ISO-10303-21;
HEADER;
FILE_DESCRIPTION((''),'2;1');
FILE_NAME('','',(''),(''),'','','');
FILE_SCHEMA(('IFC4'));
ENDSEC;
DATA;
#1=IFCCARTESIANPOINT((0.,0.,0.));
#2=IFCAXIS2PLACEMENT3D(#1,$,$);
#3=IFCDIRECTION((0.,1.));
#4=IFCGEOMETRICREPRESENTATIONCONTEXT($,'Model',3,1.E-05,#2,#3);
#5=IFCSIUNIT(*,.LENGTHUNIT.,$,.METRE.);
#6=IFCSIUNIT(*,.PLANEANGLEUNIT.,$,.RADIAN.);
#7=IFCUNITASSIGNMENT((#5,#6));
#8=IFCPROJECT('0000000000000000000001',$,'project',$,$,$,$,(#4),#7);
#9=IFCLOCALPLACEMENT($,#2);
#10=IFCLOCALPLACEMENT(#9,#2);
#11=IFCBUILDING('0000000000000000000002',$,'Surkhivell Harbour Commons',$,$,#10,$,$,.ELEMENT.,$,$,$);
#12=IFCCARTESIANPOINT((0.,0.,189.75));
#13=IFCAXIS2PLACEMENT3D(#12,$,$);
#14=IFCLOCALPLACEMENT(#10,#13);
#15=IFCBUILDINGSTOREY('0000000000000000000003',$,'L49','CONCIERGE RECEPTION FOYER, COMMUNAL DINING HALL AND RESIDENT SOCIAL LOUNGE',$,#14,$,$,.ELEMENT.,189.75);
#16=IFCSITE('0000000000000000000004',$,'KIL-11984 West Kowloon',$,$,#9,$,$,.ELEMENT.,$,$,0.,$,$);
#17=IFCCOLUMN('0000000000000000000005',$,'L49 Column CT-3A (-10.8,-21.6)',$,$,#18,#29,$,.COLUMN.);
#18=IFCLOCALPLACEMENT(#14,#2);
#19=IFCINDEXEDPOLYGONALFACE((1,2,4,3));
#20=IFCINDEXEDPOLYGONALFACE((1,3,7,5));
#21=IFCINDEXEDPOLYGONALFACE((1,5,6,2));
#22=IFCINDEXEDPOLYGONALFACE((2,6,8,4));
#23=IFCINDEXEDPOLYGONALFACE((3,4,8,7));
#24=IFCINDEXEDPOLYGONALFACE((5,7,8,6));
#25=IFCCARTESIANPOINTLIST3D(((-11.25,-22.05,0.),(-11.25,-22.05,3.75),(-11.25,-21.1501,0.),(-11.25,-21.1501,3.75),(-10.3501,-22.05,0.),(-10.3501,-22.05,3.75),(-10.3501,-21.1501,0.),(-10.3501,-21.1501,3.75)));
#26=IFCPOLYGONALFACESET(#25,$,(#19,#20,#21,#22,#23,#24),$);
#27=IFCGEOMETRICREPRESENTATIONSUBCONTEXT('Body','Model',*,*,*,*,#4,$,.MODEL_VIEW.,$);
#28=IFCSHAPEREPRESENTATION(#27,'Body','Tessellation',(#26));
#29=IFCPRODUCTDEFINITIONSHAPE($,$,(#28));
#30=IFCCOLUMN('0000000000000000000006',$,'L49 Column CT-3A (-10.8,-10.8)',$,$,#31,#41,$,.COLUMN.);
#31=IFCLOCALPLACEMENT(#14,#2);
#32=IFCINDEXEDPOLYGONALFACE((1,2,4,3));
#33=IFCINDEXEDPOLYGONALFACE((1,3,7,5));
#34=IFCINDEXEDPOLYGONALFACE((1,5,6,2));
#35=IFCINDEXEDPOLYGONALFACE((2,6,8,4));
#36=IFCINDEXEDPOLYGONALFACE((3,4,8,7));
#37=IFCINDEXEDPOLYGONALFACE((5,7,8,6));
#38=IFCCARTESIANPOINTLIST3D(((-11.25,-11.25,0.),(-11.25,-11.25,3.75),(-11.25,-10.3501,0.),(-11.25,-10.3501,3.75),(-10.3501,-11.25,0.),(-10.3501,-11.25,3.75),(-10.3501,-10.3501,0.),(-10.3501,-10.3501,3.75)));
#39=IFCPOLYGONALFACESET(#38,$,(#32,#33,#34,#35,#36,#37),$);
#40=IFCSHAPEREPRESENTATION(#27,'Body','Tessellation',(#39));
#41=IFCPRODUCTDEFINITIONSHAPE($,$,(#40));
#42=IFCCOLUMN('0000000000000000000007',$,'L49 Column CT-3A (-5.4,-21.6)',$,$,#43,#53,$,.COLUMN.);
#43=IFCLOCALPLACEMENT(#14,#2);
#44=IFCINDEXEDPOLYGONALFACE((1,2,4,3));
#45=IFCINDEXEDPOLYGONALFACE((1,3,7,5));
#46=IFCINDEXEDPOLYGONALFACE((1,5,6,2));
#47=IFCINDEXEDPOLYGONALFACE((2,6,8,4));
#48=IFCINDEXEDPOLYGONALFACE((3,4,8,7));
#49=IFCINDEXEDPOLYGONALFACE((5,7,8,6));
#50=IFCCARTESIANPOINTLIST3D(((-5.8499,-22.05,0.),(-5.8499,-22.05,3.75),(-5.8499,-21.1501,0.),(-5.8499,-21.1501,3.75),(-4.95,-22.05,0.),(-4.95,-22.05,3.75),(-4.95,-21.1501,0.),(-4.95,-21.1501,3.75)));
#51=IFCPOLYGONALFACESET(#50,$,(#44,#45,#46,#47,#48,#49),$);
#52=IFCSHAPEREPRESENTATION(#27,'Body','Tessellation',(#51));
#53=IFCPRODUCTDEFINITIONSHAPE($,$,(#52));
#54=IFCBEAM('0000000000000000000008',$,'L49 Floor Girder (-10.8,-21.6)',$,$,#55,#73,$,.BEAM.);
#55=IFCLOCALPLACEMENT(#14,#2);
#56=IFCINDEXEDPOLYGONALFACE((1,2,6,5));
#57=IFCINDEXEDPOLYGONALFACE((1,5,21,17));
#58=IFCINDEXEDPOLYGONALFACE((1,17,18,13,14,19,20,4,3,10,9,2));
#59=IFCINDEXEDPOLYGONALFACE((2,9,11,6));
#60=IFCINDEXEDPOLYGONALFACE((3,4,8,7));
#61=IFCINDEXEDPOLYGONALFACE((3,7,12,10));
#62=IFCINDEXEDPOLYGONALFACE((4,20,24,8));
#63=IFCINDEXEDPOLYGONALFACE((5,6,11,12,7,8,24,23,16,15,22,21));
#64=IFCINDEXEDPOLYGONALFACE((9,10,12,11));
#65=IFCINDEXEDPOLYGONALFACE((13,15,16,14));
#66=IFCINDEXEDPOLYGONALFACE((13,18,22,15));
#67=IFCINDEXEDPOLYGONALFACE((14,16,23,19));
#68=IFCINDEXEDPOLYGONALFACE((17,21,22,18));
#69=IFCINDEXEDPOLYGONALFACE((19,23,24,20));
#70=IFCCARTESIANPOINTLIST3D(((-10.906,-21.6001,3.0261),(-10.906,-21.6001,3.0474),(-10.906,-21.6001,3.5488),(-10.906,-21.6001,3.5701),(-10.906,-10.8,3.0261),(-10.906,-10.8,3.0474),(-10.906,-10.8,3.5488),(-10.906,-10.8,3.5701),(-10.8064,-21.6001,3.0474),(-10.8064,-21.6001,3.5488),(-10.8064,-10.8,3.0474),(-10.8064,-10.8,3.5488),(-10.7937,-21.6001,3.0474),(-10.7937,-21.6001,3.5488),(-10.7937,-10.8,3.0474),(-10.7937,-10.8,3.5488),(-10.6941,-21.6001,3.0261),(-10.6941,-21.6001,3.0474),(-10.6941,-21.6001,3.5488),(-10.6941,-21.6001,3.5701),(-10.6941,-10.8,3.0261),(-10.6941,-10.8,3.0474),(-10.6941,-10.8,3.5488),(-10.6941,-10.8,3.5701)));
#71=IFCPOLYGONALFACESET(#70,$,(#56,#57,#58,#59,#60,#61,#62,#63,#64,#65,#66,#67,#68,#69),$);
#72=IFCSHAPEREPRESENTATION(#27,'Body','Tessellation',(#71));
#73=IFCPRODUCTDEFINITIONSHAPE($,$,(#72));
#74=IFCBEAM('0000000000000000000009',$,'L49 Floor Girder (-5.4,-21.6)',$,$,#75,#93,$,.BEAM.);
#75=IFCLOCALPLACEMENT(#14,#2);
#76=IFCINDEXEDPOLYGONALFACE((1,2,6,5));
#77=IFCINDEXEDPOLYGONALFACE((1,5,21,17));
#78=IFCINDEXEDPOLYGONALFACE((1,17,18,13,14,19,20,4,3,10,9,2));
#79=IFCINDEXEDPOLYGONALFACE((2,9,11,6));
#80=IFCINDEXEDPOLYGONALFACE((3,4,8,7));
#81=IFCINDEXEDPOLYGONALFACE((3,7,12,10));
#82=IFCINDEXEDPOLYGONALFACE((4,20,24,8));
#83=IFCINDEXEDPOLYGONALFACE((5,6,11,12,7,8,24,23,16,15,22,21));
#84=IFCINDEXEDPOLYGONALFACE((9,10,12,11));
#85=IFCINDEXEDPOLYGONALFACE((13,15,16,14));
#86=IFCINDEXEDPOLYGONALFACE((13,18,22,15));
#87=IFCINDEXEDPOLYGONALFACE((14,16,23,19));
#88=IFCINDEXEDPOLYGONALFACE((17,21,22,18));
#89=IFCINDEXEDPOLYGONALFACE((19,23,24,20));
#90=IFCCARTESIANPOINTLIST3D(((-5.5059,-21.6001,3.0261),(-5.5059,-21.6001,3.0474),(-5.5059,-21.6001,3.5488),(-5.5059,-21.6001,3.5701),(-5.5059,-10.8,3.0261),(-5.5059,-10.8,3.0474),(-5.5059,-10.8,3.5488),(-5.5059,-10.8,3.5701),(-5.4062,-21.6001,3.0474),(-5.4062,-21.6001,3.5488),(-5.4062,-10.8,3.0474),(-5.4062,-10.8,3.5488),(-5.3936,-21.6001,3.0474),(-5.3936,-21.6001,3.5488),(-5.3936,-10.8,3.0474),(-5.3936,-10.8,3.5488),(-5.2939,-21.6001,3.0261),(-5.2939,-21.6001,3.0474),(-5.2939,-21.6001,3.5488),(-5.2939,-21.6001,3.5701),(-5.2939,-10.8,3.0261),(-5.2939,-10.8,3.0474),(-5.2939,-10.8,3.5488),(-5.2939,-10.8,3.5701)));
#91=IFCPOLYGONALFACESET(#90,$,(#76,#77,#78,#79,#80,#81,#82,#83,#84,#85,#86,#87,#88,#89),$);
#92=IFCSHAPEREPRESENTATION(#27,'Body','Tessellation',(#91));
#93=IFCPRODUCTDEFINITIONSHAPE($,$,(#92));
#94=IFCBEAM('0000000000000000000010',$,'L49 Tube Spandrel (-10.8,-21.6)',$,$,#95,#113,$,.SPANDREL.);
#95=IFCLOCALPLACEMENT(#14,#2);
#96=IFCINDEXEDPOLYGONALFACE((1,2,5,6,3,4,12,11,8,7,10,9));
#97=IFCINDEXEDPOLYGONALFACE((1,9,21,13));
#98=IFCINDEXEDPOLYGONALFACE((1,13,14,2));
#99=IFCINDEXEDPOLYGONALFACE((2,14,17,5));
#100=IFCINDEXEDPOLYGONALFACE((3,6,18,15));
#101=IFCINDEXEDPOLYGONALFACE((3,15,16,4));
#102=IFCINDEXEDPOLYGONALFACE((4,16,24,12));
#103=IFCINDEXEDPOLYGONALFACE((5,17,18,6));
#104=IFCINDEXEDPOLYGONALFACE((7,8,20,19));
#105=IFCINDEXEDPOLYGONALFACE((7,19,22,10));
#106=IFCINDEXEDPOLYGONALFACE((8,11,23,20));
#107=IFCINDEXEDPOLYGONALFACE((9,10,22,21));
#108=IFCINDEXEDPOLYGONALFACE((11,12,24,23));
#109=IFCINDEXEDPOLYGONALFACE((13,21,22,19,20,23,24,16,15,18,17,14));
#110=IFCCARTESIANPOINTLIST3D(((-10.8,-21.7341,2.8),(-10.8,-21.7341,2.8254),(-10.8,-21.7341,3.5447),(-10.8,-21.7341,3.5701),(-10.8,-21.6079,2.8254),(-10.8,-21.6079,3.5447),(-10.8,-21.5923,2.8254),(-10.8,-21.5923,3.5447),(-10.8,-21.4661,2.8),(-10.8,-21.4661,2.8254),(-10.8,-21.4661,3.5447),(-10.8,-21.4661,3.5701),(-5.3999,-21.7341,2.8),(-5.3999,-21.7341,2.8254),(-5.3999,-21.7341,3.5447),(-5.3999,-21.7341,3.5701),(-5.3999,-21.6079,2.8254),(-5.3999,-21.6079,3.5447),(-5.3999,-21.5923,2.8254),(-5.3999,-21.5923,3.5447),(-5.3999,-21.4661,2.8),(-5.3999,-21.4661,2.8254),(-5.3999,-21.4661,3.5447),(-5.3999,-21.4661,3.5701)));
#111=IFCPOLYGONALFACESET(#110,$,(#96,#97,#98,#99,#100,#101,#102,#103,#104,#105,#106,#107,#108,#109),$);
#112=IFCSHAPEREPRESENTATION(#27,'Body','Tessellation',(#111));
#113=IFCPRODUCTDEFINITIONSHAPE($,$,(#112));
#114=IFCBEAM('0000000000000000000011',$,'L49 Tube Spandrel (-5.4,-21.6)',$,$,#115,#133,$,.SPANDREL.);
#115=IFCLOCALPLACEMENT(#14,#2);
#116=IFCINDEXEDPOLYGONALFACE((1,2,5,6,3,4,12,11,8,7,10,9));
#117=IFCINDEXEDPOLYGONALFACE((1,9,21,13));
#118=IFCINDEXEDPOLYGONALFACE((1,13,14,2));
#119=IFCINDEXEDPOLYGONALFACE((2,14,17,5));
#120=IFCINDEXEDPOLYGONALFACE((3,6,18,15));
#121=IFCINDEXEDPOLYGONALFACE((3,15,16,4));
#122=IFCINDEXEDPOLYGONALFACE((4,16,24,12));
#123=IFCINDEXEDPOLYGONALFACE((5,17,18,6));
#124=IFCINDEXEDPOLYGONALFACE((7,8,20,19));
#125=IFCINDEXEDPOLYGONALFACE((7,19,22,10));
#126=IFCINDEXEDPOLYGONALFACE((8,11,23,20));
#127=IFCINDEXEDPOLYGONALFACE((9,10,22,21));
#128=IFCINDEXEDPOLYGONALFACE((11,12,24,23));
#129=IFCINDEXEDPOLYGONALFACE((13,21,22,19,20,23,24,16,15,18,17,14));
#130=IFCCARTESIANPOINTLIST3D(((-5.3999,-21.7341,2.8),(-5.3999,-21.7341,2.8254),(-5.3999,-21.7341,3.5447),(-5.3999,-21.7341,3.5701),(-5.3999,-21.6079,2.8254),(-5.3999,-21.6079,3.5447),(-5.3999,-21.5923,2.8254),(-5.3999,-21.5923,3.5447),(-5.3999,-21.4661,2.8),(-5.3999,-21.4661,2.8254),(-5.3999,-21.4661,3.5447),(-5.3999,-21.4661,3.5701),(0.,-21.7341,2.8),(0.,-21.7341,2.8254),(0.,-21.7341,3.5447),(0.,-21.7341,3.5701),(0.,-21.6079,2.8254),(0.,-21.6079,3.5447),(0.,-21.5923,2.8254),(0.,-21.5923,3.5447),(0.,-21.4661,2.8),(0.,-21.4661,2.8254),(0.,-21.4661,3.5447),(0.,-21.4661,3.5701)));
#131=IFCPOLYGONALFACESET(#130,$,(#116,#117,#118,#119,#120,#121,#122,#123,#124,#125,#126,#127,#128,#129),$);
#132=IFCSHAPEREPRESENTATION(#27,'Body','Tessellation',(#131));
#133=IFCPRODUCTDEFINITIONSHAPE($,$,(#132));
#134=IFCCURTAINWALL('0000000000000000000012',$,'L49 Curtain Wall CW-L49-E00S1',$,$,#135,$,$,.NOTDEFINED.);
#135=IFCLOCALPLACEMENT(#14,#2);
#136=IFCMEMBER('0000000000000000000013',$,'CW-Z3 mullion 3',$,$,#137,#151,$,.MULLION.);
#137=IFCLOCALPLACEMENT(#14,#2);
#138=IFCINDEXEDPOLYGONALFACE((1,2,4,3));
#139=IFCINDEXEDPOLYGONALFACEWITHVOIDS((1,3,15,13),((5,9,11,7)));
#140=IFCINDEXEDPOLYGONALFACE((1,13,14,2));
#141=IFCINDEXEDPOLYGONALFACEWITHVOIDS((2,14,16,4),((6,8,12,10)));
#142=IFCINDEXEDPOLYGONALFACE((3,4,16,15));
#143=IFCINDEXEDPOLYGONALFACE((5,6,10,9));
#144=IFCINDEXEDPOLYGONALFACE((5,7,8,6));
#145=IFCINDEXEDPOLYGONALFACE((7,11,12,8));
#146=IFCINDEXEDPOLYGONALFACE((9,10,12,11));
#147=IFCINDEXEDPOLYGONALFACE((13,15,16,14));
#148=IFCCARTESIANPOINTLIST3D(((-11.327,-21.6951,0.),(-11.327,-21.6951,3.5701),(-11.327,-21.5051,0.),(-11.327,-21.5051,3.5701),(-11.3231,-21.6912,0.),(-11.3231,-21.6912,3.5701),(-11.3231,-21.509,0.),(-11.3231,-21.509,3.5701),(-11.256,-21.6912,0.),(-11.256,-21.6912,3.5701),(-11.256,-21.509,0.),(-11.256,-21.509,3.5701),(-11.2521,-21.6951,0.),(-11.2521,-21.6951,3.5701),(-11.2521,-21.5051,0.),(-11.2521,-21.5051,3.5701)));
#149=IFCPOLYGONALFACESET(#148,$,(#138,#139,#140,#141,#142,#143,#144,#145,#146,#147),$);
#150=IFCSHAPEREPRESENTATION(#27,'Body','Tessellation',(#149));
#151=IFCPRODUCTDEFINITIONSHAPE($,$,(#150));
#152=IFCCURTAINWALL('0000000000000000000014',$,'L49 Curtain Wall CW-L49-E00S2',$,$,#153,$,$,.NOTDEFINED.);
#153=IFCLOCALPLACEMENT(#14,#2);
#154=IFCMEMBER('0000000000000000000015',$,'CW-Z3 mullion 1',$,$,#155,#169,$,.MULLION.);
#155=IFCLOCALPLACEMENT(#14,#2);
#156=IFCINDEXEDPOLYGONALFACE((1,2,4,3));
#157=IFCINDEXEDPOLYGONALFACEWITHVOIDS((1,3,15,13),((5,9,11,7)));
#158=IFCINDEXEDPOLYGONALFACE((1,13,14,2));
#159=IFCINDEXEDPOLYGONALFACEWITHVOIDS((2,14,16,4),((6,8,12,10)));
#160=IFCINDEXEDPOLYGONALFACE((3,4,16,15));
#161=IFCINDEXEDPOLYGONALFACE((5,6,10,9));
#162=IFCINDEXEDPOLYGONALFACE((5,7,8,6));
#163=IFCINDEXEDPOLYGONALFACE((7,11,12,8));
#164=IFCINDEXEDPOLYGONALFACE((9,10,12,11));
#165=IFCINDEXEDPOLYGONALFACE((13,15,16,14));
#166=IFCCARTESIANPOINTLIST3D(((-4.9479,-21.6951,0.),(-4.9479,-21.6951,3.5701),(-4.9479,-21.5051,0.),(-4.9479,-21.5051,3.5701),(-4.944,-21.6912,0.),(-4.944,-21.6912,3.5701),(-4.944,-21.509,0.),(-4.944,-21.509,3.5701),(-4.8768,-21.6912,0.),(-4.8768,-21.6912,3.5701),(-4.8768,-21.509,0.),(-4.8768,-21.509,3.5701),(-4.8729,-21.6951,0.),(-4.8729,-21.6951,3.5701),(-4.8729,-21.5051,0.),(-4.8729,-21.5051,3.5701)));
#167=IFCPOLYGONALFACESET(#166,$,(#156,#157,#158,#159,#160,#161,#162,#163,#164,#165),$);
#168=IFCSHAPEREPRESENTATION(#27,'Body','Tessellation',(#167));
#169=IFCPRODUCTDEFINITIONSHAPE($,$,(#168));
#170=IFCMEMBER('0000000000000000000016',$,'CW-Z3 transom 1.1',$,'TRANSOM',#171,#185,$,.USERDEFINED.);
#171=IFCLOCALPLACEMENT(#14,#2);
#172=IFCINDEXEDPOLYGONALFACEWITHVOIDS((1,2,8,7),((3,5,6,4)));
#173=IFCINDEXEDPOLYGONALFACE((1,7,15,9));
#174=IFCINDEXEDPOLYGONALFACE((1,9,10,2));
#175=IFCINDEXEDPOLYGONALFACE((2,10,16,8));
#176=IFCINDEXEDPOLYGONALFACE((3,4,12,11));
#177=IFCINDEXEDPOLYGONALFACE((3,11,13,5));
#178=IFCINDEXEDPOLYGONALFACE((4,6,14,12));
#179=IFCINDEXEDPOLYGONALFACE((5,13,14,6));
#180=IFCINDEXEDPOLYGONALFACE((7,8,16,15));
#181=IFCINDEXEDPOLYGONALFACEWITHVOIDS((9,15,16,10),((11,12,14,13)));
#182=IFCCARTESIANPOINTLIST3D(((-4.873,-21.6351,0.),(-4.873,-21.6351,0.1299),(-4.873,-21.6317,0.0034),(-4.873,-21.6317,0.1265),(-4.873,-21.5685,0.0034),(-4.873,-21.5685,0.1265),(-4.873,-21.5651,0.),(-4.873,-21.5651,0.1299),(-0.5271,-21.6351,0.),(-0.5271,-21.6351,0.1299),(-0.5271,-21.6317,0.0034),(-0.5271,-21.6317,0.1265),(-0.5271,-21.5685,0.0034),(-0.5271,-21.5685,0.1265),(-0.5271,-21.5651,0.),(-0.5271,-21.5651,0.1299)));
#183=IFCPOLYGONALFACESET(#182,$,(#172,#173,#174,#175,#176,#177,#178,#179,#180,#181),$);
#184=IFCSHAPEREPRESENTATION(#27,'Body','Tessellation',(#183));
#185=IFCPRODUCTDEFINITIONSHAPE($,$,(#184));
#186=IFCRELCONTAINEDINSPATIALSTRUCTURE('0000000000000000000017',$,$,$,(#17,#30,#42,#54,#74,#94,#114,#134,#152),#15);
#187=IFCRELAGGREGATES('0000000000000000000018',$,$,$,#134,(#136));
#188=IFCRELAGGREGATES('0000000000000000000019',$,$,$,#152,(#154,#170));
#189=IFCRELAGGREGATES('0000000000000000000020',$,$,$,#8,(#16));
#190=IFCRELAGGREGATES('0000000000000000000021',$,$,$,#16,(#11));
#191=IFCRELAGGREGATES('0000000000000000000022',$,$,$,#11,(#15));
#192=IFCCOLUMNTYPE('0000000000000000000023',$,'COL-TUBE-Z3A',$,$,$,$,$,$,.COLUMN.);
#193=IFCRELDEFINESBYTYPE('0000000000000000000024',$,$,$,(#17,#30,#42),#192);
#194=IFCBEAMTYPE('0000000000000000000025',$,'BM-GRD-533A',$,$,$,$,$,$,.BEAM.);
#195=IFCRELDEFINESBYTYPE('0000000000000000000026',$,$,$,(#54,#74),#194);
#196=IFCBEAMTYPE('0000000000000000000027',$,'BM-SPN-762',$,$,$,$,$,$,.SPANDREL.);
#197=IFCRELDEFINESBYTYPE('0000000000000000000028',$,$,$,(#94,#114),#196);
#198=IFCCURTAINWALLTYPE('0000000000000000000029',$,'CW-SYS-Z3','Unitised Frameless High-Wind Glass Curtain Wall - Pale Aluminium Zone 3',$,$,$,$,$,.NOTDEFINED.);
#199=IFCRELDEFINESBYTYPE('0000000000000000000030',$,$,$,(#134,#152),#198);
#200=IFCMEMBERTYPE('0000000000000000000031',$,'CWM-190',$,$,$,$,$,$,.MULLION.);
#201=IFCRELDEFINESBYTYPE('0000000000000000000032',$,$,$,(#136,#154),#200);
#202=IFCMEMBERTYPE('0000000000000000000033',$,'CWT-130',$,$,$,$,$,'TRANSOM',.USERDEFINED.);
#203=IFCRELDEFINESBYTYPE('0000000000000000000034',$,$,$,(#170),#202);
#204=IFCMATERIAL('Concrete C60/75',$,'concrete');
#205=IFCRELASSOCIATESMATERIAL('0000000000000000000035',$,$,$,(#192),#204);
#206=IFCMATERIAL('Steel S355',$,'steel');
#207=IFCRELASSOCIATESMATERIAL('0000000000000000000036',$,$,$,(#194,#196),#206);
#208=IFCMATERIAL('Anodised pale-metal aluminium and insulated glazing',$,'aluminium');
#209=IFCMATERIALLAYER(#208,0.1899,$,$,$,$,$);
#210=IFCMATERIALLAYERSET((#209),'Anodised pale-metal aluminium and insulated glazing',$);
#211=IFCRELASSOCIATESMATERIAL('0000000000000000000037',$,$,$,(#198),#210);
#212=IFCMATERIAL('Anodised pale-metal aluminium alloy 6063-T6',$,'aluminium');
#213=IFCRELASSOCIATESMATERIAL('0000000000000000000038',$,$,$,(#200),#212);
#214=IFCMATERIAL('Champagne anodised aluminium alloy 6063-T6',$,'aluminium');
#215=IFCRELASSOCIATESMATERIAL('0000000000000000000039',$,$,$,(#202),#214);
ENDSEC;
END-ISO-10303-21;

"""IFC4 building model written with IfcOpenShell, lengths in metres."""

from ifc_helpers import new_model, si_unit, direction, frame, origin, origin_2d, place, context, subcontext, project, spatial, rectangle, hollow_rectangle, i_section, extrude, material, layer, layer_set, material_profile, profile_set, type_object, element, aggregate, save


model = new_model("IFC4")

# Units and contexts
model_context = context("Model", 3, precision=1e-05, world=origin(), true_north=direction((0.0, 1.0)))
body_context = subcontext(model_context, "Body", "Model", "MODEL_VIEW")
ifc_project = project(units=[si_unit("LENGTHUNIT", "METRE"), si_unit("PLANEANGLEUNIT", "RADIAN")], contexts=[model_context])

# Site, building, storey
site_placement = place(None, origin())
site = spatial("IfcSite", under=ifc_project, at=site_placement, Name="KIL-11984 West Kowloon", CompositionType="ELEMENT", RefElevation=0.0)
building_placement = place(site_placement, origin())
building = spatial("IfcBuilding", under=site, at=building_placement, Name="Surkhivell Harbour Commons", CompositionType="ELEMENT")
storey_placement = place(building_placement, frame((0.0, 0.0, 189.75)))
storey = spatial("IfcBuildingStorey", under=building, at=storey_placement, Name="L49", Description="CONCIERGE RECEPTION FOYER, COMMUNAL DINING HALL AND RESIDENT SOCIAL LOUNGE", CompositionType="ELEMENT", Elevation=189.75)

# Columns
ifc_material_1 = material(Name="Concrete C60/75", Category="concrete")
ifc_material_profile_1 = material_profile(ifc_material_1, rectangle(XDim=0.8999, YDim=0.8999, at=origin_2d()), Name="RC-COL-900x900")
ifc_profile_set_1 = profile_set([ifc_material_profile_1], Name="Concrete C60/75")
column_type = type_object("IfcColumnType", Name="COL-TUBE-Z3A", PredefinedType="COLUMN", material=ifc_profile_set_1)
for number, where, z_axis, x_axis, name in (
    (1, (-10.8, -21.6001, 0.0), (0.0, 0.0, 1.0), (1.0, 0.0, 0.0), "L49 Column CT-3A (-10.8,-21.6)"),
    (2, (-10.8, -10.8, 0.0), (0.0, 0.0, 1.0), (1.0, 0.0, 0.0), "L49 Column CT-3A (-10.8,-10.8)"),
    (3, (-5.3999, -21.6001, 0.0), (0.0, 0.0, 1.0), (1.0, 0.0, 0.0), "L49 Column CT-3A (-5.4,-21.6)"),
):
    element("IfcColumn", number, at=place(storey_placement, frame(where, z_axis=z_axis, x_axis=x_axis)), inside=storey, type_object=column_type, Name=name, PredefinedType="COLUMN", context=body_context, shape_type="SweptSolid", body=[
        extrude(rectangle(XDim=0.8999, YDim=0.8999, at=origin_2d()), origin(), (0.0, 0.0, 1.0), 3.75),
    ])

# Beams
ifc_material_2 = material(Name="Steel S355", Category="steel")
ifc_material_profile_2 = material_profile(ifc_material_2, i_section(OverallWidth=0.2119, OverallDepth=0.5439, WebThickness=0.0127, FlangeThickness=0.0212, at=origin_2d()), Name="UB533x210x122")
ifc_profile_set_2 = profile_set([ifc_material_profile_2], Name="Steel S355")
beam_type_1 = type_object("IfcBeamType", Name="BM-GRD-533A", PredefinedType="BEAM", material=ifc_profile_set_2)
for number, where, z_axis, x_axis, name in (
    (4, (-10.8, -21.6001, 3.2981), (0.0, 1.0, 0.0), (-1.0, 0.0, 0.0), "L49 Floor Girder (-10.8,-21.6)"),
    (5, (-5.3999, -21.6001, 3.2981), (0.0, 1.0, 0.0), (-1.0, 0.0, 0.0), "L49 Floor Girder (-5.4,-21.6)"),
):
    element("IfcBeam", number, at=place(storey_placement, frame(where, z_axis=z_axis, x_axis=x_axis)), inside=storey, type_object=beam_type_1, Name=name, PredefinedType="BEAM", context=body_context, shape_type="SweptSolid", body=[
        extrude(i_section(OverallWidth=0.2119, OverallDepth=0.5439, WebThickness=0.0127, FlangeThickness=0.0212, at=origin_2d()), origin(), (0.0, 0.0, 1.0), 10.8),
    ])
ifc_material_profile_3 = material_profile(ifc_material_2, i_section(OverallWidth=0.2681, OverallDepth=0.77, WebThickness=0.0156, FlangeThickness=0.0254, at=origin_2d()), Name="UB762x267x197")
ifc_profile_set_3 = profile_set([ifc_material_profile_3], Name="Steel S355")
beam_type_2 = type_object("IfcBeamType", Name="BM-SPN-762", PredefinedType="SPANDREL", material=ifc_profile_set_3)
beam_1_placement = place(storey_placement, frame((-10.8, -21.6001, 3.1851), z_axis=(1.0, 0.0, 0.0), x_axis=(0.0, 1.0, 0.0)))
element("IfcBeam", 6, at=beam_1_placement, inside=storey, type_object=beam_type_2, Name="L49 Tube Spandrel (-10.8,-21.6)", PredefinedType="SPANDREL", context=body_context, shape_type="SweptSolid", body=[
    extrude(i_section(OverallWidth=0.2681, OverallDepth=0.77, WebThickness=0.0156, FlangeThickness=0.0254, at=origin_2d()), origin(), (0.0, 0.0, 1.0), 5.4001),
])
beam_2_placement = place(storey_placement, frame((-5.3999, -21.6001, 3.1851), z_axis=(1.0, 0.0, 0.0), x_axis=(0.0, 1.0, 0.0)))
element("IfcBeam", 7, at=beam_2_placement, inside=storey, type_object=beam_type_2, Name="L49 Tube Spandrel (-5.4,-21.6)", PredefinedType="SPANDREL", context=body_context, shape_type="SweptSolid", body=[
    extrude(i_section(OverallWidth=0.2681, OverallDepth=0.77, WebThickness=0.0156, FlangeThickness=0.0254, at=origin_2d()), origin(), (0.0, 0.0, 1.0), 5.3999),
])

# Curtain wall, member
ifc_material_3 = material(Name="Anodised pale-metal aluminium and insulated glazing", Category="aluminium")
ifc_layer_1 = layer(ifc_material_3, 0.1899)
ifc_layer_set_1 = layer_set([ifc_layer_1], Name="Anodised pale-metal aluminium and insulated glazing")
curtain_wall_type = type_object("IfcCurtainWallType", Name="CW-SYS-Z3", Description="Unitised Frameless High-Wind Glass Curtain Wall - Pale Aluminium Zone 3", PredefinedType="NOTDEFINED", material=ifc_layer_set_1)
curtain_wall_1_placement = place(storey_placement, origin())
curtain_wall_1 = element("IfcCurtainWall", 8, at=curtain_wall_1_placement, inside=storey, type_object=curtain_wall_type, Name="L49 Curtain Wall CW-L49-E00S1", PredefinedType="NOTDEFINED")
ifc_material_4 = material(Name="Anodised pale-metal aluminium alloy 6063-T6", Category="aluminium")
ifc_material_profile_4 = material_profile(ifc_material_4, hollow_rectangle(XDim=0.075, YDim=0.1899, WallThickness=0.0039, at=origin_2d()), Name="ALU-MULL-75x190")
ifc_profile_set_4 = profile_set([ifc_material_profile_4], Name="Anodised pale-metal aluminium alloy 6063-T6")
member_type_1 = type_object("IfcMemberType", Name="CWM-190", PredefinedType="MULLION", material=ifc_profile_set_4)
member_1_placement = place(storey_placement, frame((-11.2896, -21.6001, 0.0), z_axis=(0.0, 0.0, 1.0), x_axis=(1.0, 0.0, 0.0)))
member_1 = element("IfcMember", 9, at=member_1_placement, type_object=member_type_1, Name="CW-Z3 mullion 3", PredefinedType="MULLION", context=body_context, shape_type="SweptSolid", body=[
    extrude(hollow_rectangle(XDim=0.075, YDim=0.1899, WallThickness=0.0039, at=origin_2d()), origin(), (0.0, 0.0, 1.0), 3.5701),
])
aggregate(curtain_wall_1, [member_1])

# Curtain wall, members
curtain_wall_2_placement = place(storey_placement, origin())
curtain_wall_2 = element("IfcCurtainWall", 10, at=curtain_wall_2_placement, inside=storey, type_object=curtain_wall_type, Name="L49 Curtain Wall CW-L49-E00S2", PredefinedType="NOTDEFINED")
member_2_placement = place(storey_placement, frame((-4.9104, -21.6001, 0.0), z_axis=(0.0, 0.0, 1.0), x_axis=(1.0, 0.0, 0.0)))
member_2 = element("IfcMember", 11, at=member_2_placement, type_object=member_type_1, Name="CW-Z3 mullion 1", PredefinedType="MULLION", context=body_context, shape_type="SweptSolid", body=[
    extrude(hollow_rectangle(XDim=0.075, YDim=0.1899, WallThickness=0.0039, at=origin_2d()), origin(), (0.0, 0.0, 1.0), 3.5701),
])
ifc_material_5 = material(Name="Champagne anodised aluminium alloy 6063-T6", Category="aluminium")
ifc_material_profile_5 = material_profile(ifc_material_5, hollow_rectangle(XDim=0.0701, YDim=0.1299, WallThickness=0.0034, at=origin_2d()), Name="ALU-TRAN-70x130")
ifc_profile_set_5 = profile_set([ifc_material_profile_5], Name="Champagne anodised aluminium alloy 6063-T6")
member_type_2 = type_object("IfcMemberType", Name="CWT-130", ElementType="TRANSOM", PredefinedType="USERDEFINED", material=ifc_profile_set_5)
member_3_placement = place(storey_placement, frame((-4.873, -21.6001, 0.0649), z_axis=(1.0, 0.0, 0.0), x_axis=(0.0, 1.0, 0.0)))
member_3 = element("IfcMember", 12, at=member_3_placement, type_object=member_type_2, Name="CW-Z3 transom 1.1", ObjectType="TRANSOM", PredefinedType="USERDEFINED", context=body_context, shape_type="SweptSolid", body=[
    extrude(hollow_rectangle(XDim=0.0701, YDim=0.1299, WallThickness=0.0034, at=origin_2d()), origin(), (0.0, 0.0, 1.0), 4.3459),
])

aggregate(curtain_wall_2, [member_2, member_3])

save(model, "model.ifc")
